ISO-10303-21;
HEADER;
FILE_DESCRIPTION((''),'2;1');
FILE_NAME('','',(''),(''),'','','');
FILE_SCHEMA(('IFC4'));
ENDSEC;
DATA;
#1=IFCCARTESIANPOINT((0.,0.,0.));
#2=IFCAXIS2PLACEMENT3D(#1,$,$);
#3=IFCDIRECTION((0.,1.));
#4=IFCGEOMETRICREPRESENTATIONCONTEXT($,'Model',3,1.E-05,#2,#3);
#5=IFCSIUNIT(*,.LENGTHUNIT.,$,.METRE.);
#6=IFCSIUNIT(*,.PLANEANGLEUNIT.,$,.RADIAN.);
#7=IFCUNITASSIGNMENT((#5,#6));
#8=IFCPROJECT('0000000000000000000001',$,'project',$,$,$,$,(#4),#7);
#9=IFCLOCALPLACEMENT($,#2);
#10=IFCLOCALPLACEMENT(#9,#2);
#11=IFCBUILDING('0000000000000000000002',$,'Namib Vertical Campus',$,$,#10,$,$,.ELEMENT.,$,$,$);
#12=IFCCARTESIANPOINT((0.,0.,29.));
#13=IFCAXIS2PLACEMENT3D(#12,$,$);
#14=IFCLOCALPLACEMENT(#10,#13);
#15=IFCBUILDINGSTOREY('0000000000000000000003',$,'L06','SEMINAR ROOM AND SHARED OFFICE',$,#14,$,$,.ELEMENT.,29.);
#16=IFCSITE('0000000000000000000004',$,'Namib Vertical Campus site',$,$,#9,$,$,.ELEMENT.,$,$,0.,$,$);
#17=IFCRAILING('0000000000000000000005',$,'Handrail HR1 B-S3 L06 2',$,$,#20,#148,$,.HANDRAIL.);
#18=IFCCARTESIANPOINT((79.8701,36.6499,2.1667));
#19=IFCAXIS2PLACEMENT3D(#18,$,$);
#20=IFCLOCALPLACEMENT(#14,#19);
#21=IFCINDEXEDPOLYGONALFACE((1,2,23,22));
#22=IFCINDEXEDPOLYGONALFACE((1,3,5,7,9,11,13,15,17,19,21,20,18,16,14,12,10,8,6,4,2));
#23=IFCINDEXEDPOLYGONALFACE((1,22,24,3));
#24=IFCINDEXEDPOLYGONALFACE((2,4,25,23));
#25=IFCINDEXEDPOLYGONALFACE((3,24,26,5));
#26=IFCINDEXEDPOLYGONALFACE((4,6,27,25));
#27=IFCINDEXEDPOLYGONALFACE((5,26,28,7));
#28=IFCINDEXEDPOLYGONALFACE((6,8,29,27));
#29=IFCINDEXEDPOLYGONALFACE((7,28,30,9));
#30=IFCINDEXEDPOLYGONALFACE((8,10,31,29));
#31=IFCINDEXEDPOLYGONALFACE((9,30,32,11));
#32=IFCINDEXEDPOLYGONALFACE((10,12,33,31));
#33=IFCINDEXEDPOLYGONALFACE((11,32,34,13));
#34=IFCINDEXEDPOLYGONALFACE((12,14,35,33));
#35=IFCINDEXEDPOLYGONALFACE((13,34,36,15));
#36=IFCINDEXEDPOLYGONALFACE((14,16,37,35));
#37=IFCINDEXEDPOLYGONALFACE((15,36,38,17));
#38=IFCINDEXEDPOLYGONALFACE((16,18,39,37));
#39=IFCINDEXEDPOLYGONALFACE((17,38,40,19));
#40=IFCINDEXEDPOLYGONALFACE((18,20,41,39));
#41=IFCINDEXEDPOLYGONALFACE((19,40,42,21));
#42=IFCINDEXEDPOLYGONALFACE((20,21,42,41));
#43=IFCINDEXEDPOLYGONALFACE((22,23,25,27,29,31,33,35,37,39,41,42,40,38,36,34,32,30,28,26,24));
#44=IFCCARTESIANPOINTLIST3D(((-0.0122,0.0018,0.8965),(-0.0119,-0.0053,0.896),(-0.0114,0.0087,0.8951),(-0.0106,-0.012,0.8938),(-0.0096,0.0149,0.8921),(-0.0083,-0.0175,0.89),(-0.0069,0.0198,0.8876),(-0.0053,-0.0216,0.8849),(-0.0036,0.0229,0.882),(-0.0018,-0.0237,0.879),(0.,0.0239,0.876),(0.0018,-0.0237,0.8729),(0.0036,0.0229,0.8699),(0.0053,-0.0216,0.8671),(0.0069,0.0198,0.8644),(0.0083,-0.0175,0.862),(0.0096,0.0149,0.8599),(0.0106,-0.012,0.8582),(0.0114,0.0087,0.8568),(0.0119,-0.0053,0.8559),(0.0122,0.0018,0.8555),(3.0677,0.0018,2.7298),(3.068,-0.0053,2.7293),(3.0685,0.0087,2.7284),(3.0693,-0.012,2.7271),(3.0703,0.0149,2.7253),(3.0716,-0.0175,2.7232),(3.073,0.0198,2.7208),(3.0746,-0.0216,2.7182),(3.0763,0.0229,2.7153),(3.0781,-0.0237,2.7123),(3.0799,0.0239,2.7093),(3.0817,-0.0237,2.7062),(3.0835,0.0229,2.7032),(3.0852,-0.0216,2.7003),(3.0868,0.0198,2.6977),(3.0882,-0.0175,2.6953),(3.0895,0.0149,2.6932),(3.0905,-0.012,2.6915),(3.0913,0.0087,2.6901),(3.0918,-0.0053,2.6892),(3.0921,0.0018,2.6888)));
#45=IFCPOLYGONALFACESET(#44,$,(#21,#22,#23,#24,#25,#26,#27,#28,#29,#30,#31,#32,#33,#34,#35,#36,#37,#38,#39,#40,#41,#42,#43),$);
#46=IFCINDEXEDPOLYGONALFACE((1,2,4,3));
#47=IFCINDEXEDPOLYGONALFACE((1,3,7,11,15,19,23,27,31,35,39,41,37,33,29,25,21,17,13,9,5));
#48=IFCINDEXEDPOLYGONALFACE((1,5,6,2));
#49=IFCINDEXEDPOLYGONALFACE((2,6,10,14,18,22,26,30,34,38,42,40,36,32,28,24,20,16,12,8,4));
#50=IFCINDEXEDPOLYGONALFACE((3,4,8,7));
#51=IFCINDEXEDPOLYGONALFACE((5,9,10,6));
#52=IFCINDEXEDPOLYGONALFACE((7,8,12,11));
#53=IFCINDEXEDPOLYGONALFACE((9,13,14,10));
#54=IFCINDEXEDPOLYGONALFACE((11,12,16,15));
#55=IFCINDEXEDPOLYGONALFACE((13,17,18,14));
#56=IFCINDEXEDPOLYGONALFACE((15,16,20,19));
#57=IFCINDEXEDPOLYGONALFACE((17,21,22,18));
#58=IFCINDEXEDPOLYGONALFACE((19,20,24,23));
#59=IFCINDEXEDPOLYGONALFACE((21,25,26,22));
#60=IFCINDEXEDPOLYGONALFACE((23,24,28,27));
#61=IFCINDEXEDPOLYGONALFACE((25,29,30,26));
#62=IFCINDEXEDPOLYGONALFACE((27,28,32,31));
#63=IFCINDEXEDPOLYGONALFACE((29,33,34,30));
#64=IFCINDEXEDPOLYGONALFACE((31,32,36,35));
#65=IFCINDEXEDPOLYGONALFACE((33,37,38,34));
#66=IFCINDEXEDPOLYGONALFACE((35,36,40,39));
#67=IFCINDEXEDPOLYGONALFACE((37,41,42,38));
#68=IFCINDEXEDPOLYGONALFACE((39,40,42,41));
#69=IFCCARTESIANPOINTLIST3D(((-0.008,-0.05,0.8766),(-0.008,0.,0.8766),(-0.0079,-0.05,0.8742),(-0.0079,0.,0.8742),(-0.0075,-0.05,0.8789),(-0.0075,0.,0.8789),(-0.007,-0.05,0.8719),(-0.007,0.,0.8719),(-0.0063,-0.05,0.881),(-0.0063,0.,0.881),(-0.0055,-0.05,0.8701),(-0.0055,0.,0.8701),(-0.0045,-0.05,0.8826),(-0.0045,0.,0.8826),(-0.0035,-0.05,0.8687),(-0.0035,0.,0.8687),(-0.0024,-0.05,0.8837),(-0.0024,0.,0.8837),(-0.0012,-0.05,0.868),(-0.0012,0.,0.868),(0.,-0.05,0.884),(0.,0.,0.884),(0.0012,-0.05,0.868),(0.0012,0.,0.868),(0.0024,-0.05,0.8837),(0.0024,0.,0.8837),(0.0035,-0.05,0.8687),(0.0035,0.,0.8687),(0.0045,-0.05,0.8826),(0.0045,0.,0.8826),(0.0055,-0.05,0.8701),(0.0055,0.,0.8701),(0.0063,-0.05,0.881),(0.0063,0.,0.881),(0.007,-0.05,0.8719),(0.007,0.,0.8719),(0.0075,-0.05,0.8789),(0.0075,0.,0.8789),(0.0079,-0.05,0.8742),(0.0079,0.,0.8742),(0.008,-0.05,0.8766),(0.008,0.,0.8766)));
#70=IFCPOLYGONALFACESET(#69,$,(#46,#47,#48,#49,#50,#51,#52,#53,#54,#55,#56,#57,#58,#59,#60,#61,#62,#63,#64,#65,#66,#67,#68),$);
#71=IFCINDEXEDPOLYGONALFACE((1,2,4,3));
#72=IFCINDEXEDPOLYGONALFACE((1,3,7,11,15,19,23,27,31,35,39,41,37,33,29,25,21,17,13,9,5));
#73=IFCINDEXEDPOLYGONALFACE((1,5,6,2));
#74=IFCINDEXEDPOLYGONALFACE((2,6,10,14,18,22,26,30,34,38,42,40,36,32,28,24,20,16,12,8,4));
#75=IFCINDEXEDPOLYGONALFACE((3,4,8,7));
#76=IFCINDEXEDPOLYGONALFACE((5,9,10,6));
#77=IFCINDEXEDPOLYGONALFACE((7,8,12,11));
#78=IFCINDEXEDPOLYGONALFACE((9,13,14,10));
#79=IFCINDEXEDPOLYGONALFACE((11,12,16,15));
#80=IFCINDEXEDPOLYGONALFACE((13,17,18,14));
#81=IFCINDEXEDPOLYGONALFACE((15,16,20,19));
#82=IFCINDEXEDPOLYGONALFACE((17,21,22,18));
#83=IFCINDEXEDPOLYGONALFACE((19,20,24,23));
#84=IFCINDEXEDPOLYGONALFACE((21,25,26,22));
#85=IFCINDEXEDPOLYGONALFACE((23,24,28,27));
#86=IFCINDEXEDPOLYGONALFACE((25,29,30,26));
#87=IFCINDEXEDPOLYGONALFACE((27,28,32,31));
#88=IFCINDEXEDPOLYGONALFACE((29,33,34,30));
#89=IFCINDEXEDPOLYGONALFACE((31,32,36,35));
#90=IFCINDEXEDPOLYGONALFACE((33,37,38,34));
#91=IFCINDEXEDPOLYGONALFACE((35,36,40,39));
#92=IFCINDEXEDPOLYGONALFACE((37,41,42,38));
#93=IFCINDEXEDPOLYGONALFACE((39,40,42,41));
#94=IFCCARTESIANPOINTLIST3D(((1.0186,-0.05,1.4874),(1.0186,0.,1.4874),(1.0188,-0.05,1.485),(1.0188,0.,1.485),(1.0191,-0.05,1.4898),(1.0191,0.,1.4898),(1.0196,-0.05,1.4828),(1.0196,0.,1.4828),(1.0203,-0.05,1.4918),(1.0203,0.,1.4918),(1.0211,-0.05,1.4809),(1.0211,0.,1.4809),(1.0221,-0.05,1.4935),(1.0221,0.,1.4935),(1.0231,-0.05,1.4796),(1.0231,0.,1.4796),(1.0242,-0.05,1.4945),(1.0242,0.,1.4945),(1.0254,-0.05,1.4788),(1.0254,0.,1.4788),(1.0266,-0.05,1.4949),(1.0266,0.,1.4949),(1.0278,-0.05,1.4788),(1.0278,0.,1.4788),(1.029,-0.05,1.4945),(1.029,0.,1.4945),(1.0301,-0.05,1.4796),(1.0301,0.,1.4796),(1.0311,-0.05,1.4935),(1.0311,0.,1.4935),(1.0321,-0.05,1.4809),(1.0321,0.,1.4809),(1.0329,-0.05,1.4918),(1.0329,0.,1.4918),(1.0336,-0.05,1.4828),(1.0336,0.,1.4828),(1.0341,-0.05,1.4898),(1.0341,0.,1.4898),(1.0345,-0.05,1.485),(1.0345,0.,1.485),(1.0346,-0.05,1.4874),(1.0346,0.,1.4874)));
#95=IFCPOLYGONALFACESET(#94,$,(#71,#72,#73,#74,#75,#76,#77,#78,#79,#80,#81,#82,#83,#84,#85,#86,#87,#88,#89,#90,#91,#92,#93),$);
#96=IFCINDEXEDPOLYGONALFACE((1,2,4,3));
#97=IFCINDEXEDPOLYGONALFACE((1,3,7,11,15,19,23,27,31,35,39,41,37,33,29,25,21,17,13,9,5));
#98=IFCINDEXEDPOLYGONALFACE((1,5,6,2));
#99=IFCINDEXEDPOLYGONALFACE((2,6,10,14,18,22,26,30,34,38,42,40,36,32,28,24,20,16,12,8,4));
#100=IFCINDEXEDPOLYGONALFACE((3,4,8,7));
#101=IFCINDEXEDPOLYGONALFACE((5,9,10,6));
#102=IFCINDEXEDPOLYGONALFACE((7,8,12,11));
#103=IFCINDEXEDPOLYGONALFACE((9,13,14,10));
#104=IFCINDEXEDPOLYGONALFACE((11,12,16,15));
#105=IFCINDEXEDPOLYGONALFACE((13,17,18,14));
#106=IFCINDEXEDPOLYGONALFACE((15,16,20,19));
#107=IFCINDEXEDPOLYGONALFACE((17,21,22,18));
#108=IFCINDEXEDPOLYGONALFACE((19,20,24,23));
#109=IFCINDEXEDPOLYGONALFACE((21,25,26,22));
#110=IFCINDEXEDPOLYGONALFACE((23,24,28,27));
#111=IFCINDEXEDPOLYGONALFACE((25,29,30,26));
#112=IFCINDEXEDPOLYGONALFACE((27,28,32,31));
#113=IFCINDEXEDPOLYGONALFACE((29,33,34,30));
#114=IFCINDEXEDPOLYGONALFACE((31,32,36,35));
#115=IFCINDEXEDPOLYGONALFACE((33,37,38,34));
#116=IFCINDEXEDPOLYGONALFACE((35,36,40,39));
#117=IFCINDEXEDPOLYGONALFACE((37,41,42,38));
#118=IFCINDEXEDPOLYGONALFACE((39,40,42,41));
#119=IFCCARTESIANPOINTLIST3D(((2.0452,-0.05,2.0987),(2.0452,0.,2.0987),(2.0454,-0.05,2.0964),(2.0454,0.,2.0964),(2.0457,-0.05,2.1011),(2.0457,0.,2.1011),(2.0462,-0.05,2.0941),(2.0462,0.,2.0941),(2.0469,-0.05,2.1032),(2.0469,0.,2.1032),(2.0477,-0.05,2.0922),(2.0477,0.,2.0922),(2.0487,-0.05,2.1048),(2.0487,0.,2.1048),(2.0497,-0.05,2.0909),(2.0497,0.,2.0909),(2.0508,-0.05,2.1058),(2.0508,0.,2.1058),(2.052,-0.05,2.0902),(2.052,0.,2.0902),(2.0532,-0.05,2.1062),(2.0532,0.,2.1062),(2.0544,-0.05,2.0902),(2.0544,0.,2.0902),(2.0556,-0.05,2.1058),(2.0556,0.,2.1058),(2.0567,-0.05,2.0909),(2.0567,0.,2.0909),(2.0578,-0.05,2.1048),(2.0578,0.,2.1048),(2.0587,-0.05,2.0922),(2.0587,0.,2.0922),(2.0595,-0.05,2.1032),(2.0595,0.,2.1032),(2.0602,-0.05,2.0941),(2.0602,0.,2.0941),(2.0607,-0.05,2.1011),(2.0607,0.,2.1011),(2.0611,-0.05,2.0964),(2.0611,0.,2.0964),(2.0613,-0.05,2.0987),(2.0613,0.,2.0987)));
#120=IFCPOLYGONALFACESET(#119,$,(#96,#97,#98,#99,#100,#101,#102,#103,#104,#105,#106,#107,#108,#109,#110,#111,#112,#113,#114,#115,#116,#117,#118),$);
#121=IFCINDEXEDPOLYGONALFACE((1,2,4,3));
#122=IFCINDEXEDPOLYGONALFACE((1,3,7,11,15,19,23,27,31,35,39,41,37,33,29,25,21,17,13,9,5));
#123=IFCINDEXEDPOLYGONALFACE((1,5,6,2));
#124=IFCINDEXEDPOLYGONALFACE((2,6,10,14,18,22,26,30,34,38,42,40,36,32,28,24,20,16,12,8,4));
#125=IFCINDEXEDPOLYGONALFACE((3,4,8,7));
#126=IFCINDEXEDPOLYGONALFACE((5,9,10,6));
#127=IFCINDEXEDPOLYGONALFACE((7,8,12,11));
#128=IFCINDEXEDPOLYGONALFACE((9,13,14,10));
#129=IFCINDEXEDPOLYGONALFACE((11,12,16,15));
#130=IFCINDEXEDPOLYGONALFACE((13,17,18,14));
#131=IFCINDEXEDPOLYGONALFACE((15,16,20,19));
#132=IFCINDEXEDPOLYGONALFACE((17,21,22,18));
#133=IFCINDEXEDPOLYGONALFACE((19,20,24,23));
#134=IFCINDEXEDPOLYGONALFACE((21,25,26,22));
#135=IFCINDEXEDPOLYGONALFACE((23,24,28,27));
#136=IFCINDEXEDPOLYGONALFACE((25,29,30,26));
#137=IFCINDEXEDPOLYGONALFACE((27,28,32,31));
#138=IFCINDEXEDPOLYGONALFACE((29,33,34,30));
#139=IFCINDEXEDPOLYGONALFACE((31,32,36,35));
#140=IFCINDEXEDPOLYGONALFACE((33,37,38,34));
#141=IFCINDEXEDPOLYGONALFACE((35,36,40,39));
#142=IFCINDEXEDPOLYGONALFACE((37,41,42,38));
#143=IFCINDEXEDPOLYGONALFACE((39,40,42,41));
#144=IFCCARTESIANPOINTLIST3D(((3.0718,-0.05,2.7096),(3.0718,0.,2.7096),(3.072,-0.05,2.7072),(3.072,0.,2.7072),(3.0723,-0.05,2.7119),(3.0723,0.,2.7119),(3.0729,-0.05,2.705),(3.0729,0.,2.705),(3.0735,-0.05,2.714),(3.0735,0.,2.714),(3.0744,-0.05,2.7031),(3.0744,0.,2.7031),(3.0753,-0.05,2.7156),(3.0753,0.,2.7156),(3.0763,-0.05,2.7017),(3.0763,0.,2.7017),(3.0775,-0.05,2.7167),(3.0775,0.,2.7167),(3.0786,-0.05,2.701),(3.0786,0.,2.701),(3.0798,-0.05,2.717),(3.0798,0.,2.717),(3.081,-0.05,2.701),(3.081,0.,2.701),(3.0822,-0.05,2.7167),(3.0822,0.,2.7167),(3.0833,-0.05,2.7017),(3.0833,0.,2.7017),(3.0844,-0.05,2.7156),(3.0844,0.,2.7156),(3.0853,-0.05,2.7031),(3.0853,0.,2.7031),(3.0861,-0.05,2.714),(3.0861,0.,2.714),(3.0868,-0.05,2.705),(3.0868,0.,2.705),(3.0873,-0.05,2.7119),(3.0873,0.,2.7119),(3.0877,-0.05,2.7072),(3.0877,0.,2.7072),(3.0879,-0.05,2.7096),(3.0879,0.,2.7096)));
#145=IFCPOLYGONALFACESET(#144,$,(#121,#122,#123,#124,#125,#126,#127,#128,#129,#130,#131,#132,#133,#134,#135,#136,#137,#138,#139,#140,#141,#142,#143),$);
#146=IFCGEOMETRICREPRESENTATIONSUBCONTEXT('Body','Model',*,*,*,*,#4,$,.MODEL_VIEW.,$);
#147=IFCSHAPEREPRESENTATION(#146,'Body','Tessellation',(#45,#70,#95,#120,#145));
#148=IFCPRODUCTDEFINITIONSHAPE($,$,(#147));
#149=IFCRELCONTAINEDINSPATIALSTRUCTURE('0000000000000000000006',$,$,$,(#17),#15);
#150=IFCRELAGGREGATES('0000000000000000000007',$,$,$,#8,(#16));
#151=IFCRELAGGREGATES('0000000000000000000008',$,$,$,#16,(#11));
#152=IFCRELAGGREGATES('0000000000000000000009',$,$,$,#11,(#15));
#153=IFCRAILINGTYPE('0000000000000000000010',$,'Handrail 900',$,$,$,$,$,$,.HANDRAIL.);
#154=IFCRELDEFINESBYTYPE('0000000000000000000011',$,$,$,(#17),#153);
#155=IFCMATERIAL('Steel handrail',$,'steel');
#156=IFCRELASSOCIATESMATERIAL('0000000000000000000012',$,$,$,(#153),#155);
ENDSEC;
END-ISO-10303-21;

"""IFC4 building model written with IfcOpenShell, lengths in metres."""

from ifc_helpers import new_model, si_unit, direction, frame, origin, origin_2d, place, context, subcontext, project, spatial, circle, extrude, material, type_object, element, save


model = new_model("IFC4")

# Units and contexts
model_context = context("Model", 3, precision=1e-05, world=origin(), true_north=direction((0.0, 1.0)))
body_context = subcontext(model_context, "Body", "Model", "MODEL_VIEW")
ifc_project = project(units=[si_unit("LENGTHUNIT", "METRE"), si_unit("PLANEANGLEUNIT", "RADIAN")], contexts=[model_context])

# Site, building, storey
site_placement = place(None, origin())
site = spatial("IfcSite", under=ifc_project, at=site_placement, Name="Namib Vertical Campus site", CompositionType="ELEMENT", RefElevation=0.0)
building_placement = place(site_placement, origin())
building = spatial("IfcBuilding", under=site, at=building_placement, Name="Namib Vertical Campus", CompositionType="ELEMENT")
storey_placement = place(building_placement, frame((0.0, 0.0, 29.0)))
storey = spatial("IfcBuildingStorey", under=building, at=storey_placement, Name="L06", Description="SEMINAR ROOM AND SHARED OFFICE", CompositionType="ELEMENT", Elevation=29.0)

# Railing
ifc_material_1 = material(Name="Steel handrail", Category="steel")
railing_type = type_object("IfcRailingType", Name="Handrail 900", PredefinedType="HANDRAIL", material=ifc_material_1)
railing_placement = place(storey_placement, frame((79.8701, 36.6499, 2.1667)))
element("IfcRailing", 1, at=railing_placement, inside=storey, type_object=railing_type, Name="Handrail HR1 B-S3 L06 2", PredefinedType="HANDRAIL", context=body_context, shape_type="SweptSolid", body=[
    extrude(circle(Radius=0.0239, at=origin_2d()), frame((0.0, 0.0, 0.876), z_axis=(0.859291, 0.0, 0.511487), x_axis=(0.0, 1.0, 0.0)), (0.0, 0.0, 1.0), 3.5842),
    extrude(circle(Radius=0.0081, at=origin_2d()), frame((0.0, 0.0, 0.876), z_axis=(0.0, -1.0, 0.0), x_axis=(0.0, 0.0, 1.0)), (0.0, 0.0, 1.0), 0.05),
    extrude(circle(Radius=0.0081, at=origin_2d()), frame((1.0266, 0.0, 1.4868), z_axis=(0.0, -1.0, 0.0), x_axis=(0.0, 0.0, 1.0)), (0.0, 0.0, 1.0), 0.05),
    extrude(circle(Radius=0.0081, at=origin_2d()), frame((2.0532, 0.0, 2.0981), z_axis=(0.0, -1.0, 0.0), x_axis=(0.0, 0.0, 1.0)), (0.0, 0.0, 1.0), 0.05),
    extrude(circle(Radius=0.0081, at=origin_2d()), frame((3.0798, 0.0, 2.709), z_axis=(0.0, -1.0, 0.0), x_axis=(0.0, 0.0, 1.0)), (0.0, 0.0, 1.0), 0.05),
])

save(model, "model.ifc")
